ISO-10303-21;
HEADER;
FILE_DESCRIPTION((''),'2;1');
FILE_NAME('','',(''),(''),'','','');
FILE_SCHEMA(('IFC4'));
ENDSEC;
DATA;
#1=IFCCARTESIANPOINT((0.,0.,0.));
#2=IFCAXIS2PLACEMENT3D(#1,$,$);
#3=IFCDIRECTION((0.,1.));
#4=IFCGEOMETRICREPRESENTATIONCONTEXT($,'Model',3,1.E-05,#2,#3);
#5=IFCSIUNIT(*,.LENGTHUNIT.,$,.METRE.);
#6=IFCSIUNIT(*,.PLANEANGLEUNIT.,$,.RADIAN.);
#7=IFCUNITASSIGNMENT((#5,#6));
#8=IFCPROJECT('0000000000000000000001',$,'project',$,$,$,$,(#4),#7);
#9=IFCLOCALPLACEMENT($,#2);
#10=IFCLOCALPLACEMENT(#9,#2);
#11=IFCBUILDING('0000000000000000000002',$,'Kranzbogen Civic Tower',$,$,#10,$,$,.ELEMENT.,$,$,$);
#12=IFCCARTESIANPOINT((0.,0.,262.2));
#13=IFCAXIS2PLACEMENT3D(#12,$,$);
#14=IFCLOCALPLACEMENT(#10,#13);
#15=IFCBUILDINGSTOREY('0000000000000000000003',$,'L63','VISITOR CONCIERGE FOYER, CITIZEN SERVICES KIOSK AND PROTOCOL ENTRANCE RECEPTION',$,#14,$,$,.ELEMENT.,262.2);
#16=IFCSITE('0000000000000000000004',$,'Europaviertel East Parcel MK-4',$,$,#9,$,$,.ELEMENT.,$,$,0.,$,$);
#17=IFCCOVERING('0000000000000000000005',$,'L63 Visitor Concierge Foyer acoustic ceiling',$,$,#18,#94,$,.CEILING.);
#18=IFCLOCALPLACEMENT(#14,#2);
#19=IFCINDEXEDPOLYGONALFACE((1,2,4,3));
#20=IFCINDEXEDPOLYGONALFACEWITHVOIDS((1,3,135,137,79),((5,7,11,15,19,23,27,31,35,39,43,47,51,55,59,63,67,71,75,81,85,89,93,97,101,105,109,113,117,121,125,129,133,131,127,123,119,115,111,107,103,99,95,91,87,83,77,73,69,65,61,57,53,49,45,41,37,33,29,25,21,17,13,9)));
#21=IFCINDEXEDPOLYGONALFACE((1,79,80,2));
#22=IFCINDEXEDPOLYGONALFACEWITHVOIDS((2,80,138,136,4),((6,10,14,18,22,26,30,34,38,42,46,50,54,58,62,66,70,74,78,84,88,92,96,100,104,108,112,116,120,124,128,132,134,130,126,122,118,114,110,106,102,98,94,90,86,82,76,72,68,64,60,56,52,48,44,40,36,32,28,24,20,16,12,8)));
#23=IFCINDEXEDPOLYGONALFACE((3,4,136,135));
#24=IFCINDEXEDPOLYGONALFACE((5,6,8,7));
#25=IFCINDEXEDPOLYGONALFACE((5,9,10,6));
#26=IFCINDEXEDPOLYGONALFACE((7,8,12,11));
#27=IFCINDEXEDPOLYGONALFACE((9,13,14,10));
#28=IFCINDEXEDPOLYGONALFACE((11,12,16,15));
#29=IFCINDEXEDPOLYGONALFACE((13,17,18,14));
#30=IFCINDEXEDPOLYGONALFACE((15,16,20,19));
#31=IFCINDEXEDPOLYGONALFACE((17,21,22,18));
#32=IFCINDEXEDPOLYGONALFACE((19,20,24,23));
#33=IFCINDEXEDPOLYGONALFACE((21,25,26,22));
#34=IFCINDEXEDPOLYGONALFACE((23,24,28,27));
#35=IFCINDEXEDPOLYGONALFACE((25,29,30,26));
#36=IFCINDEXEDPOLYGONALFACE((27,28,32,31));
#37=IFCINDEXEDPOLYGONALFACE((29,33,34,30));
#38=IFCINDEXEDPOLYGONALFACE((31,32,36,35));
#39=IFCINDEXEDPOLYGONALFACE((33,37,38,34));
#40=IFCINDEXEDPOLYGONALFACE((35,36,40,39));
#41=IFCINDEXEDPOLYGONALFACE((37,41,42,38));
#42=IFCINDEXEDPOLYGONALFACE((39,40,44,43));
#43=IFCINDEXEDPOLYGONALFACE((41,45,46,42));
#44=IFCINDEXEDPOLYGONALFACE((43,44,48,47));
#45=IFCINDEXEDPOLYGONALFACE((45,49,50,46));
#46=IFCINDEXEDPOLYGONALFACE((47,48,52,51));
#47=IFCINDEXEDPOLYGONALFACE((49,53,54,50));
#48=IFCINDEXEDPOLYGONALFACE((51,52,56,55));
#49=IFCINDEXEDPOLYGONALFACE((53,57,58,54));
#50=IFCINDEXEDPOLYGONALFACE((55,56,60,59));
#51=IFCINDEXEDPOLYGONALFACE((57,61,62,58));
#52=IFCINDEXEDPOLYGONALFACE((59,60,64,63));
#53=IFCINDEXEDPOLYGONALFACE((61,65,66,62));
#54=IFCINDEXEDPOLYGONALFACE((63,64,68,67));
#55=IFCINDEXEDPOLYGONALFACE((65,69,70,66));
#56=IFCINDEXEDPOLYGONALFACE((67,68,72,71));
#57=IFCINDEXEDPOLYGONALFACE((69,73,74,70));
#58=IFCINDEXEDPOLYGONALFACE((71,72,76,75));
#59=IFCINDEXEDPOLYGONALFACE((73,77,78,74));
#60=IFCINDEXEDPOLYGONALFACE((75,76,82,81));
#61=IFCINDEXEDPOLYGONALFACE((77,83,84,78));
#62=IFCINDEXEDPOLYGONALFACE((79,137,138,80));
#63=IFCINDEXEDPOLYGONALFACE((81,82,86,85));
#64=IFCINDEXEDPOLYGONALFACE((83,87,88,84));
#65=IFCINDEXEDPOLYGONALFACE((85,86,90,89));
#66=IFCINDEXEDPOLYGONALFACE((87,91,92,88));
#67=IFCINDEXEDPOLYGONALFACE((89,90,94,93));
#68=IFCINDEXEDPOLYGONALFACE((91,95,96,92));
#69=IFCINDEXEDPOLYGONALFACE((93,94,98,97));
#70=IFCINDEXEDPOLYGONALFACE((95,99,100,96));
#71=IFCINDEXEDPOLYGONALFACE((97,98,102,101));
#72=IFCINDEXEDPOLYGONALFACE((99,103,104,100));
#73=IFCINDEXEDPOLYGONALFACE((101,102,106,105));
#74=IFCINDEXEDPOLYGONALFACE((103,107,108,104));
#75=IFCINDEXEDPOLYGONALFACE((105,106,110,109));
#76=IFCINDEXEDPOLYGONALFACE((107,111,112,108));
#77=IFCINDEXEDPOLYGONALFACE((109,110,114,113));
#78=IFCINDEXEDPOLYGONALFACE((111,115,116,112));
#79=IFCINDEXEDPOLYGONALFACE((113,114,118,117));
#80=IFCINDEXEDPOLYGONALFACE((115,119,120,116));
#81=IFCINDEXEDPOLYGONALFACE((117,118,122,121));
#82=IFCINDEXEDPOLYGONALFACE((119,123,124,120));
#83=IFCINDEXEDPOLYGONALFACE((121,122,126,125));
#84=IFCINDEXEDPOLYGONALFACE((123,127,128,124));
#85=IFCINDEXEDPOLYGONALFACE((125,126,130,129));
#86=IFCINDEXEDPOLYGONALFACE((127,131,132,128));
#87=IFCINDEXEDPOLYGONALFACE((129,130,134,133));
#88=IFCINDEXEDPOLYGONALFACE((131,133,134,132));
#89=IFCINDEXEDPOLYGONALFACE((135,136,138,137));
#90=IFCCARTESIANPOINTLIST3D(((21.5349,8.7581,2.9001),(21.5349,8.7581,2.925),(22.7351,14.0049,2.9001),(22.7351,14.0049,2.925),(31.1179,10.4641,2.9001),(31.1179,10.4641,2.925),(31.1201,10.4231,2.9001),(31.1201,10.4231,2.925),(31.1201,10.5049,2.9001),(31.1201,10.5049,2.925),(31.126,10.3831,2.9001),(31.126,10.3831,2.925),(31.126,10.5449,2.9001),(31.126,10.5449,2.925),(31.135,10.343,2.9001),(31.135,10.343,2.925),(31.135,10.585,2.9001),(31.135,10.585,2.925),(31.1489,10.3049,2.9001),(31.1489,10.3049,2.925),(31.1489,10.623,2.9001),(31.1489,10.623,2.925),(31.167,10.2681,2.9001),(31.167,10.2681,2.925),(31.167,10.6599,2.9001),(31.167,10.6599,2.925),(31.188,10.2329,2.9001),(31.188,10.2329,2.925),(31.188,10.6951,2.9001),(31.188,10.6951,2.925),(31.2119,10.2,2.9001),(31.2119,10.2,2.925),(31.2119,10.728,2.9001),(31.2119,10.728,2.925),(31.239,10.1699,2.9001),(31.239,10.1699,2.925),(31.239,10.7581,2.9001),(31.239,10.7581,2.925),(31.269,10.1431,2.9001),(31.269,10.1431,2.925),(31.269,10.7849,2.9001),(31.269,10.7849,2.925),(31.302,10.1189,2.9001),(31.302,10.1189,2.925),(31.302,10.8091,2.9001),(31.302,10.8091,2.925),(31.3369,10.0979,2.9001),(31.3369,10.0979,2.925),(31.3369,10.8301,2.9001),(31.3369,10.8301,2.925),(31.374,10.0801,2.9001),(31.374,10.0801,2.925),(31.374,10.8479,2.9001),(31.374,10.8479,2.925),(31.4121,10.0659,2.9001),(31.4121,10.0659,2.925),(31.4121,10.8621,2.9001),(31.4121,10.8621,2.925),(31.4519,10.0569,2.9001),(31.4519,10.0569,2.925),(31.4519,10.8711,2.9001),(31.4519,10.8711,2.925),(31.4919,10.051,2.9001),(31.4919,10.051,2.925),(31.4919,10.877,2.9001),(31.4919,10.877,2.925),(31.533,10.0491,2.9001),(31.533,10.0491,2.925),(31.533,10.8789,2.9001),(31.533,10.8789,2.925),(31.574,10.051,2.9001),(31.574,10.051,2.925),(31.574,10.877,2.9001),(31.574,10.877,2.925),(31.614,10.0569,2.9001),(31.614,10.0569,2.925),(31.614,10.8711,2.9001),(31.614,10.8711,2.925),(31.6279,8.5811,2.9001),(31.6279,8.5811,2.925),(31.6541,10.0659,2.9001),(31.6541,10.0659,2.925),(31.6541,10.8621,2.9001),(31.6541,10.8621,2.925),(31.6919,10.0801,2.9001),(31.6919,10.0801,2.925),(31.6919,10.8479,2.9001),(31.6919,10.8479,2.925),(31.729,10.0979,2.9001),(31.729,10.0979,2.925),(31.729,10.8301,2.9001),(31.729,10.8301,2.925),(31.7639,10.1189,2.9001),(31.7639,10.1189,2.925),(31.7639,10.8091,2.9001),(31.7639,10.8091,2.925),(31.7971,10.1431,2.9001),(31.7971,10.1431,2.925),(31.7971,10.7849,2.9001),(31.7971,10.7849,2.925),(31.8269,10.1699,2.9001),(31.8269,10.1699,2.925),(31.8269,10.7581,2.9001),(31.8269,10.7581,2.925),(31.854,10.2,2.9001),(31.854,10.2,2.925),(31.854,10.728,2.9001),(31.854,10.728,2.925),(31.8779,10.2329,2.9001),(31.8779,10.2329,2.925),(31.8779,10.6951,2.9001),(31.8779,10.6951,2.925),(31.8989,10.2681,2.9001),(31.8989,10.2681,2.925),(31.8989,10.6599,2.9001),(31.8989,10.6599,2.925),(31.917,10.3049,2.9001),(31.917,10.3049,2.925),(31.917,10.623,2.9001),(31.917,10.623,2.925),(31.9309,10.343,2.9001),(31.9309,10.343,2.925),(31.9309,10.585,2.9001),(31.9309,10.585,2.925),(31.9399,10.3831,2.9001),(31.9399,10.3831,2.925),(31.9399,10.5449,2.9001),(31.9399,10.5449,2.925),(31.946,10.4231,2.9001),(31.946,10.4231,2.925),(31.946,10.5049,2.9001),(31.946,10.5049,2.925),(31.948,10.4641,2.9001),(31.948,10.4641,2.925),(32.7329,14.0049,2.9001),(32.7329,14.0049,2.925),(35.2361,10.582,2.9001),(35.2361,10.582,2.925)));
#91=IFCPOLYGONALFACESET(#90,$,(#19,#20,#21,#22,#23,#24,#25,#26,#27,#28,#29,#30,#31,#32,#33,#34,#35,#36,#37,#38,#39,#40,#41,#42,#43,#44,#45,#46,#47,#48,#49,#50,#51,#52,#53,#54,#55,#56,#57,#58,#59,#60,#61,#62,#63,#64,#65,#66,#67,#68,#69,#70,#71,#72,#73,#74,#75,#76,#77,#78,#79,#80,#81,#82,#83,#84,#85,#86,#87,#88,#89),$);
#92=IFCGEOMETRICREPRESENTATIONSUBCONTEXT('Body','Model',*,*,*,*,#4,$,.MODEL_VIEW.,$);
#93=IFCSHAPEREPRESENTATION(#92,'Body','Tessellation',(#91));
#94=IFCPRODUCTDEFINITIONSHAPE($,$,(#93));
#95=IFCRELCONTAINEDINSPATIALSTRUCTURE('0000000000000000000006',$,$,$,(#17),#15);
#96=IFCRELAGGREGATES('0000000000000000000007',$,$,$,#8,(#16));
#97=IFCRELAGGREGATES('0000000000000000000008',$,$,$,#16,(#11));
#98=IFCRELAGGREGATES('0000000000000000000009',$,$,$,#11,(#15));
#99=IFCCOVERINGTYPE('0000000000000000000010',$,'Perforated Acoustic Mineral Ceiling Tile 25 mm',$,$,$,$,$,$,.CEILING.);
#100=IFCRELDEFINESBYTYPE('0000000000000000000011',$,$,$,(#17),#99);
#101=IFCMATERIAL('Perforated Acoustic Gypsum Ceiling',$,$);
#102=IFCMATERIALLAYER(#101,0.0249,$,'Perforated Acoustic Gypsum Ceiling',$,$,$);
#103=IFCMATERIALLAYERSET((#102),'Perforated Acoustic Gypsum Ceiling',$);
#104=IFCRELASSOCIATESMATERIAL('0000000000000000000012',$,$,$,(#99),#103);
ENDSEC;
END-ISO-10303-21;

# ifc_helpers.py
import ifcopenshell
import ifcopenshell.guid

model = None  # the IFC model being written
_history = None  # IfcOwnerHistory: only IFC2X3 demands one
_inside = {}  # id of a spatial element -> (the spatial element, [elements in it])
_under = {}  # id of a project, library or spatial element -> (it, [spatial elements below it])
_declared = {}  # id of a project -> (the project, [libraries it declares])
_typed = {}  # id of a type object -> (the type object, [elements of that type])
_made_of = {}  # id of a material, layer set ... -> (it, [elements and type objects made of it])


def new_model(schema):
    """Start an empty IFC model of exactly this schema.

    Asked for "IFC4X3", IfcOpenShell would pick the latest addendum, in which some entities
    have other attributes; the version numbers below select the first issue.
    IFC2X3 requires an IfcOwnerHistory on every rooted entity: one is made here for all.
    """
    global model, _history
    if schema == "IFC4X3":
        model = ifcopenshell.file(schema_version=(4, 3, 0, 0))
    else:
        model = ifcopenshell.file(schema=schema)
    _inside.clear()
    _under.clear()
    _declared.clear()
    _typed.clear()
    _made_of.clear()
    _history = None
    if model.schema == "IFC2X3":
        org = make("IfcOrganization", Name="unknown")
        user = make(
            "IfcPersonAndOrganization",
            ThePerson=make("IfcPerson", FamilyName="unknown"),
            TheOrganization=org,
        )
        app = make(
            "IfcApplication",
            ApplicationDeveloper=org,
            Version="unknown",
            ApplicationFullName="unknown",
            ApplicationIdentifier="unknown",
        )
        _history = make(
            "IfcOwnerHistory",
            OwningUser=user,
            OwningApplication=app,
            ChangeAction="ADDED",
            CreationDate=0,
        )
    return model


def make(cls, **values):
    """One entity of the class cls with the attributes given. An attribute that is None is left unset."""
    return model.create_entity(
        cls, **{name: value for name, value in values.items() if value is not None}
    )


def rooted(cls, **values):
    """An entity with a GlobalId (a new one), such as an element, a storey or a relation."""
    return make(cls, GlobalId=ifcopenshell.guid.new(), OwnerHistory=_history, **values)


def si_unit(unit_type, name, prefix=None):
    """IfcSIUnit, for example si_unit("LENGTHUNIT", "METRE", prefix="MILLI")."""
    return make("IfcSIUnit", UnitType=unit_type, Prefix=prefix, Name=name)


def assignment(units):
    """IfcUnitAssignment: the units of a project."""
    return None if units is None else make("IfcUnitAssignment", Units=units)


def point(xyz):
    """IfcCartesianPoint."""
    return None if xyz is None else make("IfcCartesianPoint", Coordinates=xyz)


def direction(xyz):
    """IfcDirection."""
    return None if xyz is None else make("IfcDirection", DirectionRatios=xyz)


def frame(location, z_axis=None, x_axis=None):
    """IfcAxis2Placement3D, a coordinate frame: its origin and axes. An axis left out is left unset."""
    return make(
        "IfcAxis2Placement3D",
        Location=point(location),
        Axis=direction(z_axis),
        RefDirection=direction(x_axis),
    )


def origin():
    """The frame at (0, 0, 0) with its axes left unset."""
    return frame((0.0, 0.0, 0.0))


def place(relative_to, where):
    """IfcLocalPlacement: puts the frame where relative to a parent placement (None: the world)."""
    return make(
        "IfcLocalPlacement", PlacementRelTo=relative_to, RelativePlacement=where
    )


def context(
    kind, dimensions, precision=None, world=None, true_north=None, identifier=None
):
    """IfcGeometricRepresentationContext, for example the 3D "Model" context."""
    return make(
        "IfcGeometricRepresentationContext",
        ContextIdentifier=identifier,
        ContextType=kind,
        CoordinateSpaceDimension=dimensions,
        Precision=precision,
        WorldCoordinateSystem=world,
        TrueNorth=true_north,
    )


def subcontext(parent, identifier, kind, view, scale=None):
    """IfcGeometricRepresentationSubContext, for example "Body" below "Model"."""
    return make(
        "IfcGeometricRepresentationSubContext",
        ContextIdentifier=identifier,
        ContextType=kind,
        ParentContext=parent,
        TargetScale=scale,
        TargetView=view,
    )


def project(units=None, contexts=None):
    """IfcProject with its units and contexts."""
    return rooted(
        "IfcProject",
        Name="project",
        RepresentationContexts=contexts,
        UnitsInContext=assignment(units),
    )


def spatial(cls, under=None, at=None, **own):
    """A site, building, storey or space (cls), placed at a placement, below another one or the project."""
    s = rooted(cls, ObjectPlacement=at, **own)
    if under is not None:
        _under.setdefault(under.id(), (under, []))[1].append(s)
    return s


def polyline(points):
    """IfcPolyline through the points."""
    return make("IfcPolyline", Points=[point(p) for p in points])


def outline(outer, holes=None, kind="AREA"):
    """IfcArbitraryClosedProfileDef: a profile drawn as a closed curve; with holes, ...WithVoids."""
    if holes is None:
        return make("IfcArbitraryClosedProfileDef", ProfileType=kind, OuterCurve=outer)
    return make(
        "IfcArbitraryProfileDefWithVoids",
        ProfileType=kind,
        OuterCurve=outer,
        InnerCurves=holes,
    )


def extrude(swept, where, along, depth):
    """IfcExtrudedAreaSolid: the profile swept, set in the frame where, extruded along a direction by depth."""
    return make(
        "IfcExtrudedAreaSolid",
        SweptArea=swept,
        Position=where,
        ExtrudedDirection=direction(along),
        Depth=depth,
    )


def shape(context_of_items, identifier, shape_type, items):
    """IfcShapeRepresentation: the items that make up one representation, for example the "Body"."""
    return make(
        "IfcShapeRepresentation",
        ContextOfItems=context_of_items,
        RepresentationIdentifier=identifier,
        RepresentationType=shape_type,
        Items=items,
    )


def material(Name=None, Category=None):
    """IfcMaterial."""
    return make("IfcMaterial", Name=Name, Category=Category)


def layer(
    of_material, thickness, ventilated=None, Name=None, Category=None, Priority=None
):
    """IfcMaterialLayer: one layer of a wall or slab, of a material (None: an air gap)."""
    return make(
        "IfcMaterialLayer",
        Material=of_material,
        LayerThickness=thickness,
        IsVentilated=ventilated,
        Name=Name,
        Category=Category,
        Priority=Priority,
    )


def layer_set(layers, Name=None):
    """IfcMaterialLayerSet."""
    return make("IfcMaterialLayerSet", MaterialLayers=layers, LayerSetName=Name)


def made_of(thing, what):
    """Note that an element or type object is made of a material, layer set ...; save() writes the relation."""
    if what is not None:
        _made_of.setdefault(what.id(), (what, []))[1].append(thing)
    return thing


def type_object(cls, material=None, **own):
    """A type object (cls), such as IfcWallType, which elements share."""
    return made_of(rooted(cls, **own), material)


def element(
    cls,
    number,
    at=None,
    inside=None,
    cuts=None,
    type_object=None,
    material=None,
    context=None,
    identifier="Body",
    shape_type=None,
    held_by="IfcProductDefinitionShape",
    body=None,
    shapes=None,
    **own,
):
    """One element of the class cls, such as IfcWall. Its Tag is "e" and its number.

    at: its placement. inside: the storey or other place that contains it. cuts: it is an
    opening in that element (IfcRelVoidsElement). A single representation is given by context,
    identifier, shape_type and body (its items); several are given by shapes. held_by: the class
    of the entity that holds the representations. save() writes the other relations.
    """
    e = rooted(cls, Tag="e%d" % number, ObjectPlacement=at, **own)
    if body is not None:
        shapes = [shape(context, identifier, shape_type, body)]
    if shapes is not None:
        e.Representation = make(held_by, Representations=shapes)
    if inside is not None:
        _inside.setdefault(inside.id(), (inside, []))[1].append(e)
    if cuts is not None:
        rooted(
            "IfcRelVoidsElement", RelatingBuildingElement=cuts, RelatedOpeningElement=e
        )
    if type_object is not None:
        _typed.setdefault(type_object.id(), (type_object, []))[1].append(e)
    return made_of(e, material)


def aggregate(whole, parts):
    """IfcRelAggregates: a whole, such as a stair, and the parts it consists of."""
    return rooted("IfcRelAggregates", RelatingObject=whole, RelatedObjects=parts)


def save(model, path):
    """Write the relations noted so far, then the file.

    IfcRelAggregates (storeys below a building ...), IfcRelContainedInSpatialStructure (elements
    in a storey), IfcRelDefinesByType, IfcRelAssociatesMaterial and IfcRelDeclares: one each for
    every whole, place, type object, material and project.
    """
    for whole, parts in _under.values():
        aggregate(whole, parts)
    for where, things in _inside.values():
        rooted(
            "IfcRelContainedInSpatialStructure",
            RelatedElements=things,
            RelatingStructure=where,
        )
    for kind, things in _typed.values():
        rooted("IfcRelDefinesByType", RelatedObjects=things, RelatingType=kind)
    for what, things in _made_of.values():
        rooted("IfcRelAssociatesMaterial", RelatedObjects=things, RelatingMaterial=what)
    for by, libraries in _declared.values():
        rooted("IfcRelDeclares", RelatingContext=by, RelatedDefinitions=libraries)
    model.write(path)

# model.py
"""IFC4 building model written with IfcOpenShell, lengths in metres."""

from ifc_helpers import new_model, si_unit, direction, frame, origin, place, context, subcontext, project, spatial, polyline, outline, extrude, material, layer, layer_set, type_object, element, save


model = new_model("IFC4")

# Units and contexts
model_context = context("Model", 3, precision=1e-05, world=origin(), true_north=direction((0.0, 1.0)))
body_context = subcontext(model_context, "Body", "Model", "MODEL_VIEW")
ifc_project = project(units=[si_unit("LENGTHUNIT", "METRE"), si_unit("PLANEANGLEUNIT", "RADIAN")], contexts=[model_context])

# Site, building, storey
site_placement = place(None, origin())
site = spatial("IfcSite", under=ifc_project, at=site_placement, Name="Europaviertel East Parcel MK-4", CompositionType="ELEMENT", RefElevation=0.0)
building_placement = place(site_placement, origin())
building = spatial("IfcBuilding", under=site, at=building_placement, Name="Kranzbogen Civic Tower", CompositionType="ELEMENT")
storey_placement = place(building_placement, frame((0.0, 0.0, 262.2)))
storey = spatial("IfcBuildingStorey", under=building, at=storey_placement, Name="L63", Description="VISITOR CONCIERGE FOYER, CITIZEN SERVICES KIOSK AND PROTOCOL ENTRANCE RECEPTION", CompositionType="ELEMENT", Elevation=262.2)

# Covering
ifc_material_1 = material(Name="Perforated Acoustic Gypsum Ceiling")
ifc_layer_1 = layer(ifc_material_1, 0.0249, Name="Perforated Acoustic Gypsum Ceiling")
ifc_layer_set_1 = layer_set([ifc_layer_1], Name="Perforated Acoustic Gypsum Ceiling")
covering_type = type_object("IfcCoveringType", Name="Perforated Acoustic Mineral Ceiling Tile 25 mm", PredefinedType="CEILING", material=ifc_layer_set_1)
covering_1_placement = place(storey_placement, frame((0.0, 0.0, 2.9001)))
element("IfcCovering", 1, at=covering_1_placement, inside=storey, type_object=covering_type, Name="L63 Visitor Concierge Foyer acoustic ceiling", PredefinedType="CEILING", context=body_context, shape_type="SweptSolid", body=[
    extrude(outline(polyline([(21.5349, 8.7581), (22.7351, 14.0049), (32.7329, 14.0049), (35.2361, 10.582), (31.6279, 8.5811), (21.5349, 8.7581)]), holes=[polyline([(31.917, 10.3049), (31.8989, 10.2681), (31.8779, 10.2329), (31.854, 10.2), (31.8269, 10.1699), (31.7971, 10.1431), (31.7639, 10.1189), (31.729, 10.0979), (31.6919, 10.0801), (31.6541, 10.0659), (31.614, 10.0569), (31.574, 10.051), (31.533, 10.0491), (31.4919, 10.051), (31.4519, 10.0569), (31.4121, 10.0659), (31.374, 10.0801), (31.3369, 10.0979), (31.302, 10.1189), (31.269, 10.1431), (31.239, 10.1699), (31.2119, 10.2), (31.188, 10.2329), (31.167, 10.2681), (31.1489, 10.3049), (31.135, 10.343), (31.126, 10.3831), (31.1201, 10.4231), (31.1179, 10.4641), (31.1201, 10.5049), (31.126, 10.5449), (31.135, 10.585), (31.1489, 10.623), (31.167, 10.6599), (31.188, 10.6951), (31.2119, 10.728), (31.239, 10.7581), (31.269, 10.7849), (31.302, 10.8091), (31.3369, 10.8301), (31.374, 10.8479), (31.4121, 10.8621), (31.4519, 10.8711), (31.4919, 10.877), (31.533, 10.8789), (31.574, 10.877), (31.614, 10.8711), (31.6541, 10.8621), (31.6919, 10.8479), (31.729, 10.8301), (31.7639, 10.8091), (31.7971, 10.7849), (31.8269, 10.7581), (31.854, 10.728), (31.8779, 10.6951), (31.8989, 10.6599), (31.917, 10.623), (31.9309, 10.585), (31.9399, 10.5449), (31.946, 10.5049), (31.948, 10.4641), (31.946, 10.4231), (31.9399, 10.3831), (31.9309, 10.343), (31.917, 10.3049)])]), origin(), (0.0, 0.0, 1.0), 0.0249),
])

save(model, "model.ifc")
